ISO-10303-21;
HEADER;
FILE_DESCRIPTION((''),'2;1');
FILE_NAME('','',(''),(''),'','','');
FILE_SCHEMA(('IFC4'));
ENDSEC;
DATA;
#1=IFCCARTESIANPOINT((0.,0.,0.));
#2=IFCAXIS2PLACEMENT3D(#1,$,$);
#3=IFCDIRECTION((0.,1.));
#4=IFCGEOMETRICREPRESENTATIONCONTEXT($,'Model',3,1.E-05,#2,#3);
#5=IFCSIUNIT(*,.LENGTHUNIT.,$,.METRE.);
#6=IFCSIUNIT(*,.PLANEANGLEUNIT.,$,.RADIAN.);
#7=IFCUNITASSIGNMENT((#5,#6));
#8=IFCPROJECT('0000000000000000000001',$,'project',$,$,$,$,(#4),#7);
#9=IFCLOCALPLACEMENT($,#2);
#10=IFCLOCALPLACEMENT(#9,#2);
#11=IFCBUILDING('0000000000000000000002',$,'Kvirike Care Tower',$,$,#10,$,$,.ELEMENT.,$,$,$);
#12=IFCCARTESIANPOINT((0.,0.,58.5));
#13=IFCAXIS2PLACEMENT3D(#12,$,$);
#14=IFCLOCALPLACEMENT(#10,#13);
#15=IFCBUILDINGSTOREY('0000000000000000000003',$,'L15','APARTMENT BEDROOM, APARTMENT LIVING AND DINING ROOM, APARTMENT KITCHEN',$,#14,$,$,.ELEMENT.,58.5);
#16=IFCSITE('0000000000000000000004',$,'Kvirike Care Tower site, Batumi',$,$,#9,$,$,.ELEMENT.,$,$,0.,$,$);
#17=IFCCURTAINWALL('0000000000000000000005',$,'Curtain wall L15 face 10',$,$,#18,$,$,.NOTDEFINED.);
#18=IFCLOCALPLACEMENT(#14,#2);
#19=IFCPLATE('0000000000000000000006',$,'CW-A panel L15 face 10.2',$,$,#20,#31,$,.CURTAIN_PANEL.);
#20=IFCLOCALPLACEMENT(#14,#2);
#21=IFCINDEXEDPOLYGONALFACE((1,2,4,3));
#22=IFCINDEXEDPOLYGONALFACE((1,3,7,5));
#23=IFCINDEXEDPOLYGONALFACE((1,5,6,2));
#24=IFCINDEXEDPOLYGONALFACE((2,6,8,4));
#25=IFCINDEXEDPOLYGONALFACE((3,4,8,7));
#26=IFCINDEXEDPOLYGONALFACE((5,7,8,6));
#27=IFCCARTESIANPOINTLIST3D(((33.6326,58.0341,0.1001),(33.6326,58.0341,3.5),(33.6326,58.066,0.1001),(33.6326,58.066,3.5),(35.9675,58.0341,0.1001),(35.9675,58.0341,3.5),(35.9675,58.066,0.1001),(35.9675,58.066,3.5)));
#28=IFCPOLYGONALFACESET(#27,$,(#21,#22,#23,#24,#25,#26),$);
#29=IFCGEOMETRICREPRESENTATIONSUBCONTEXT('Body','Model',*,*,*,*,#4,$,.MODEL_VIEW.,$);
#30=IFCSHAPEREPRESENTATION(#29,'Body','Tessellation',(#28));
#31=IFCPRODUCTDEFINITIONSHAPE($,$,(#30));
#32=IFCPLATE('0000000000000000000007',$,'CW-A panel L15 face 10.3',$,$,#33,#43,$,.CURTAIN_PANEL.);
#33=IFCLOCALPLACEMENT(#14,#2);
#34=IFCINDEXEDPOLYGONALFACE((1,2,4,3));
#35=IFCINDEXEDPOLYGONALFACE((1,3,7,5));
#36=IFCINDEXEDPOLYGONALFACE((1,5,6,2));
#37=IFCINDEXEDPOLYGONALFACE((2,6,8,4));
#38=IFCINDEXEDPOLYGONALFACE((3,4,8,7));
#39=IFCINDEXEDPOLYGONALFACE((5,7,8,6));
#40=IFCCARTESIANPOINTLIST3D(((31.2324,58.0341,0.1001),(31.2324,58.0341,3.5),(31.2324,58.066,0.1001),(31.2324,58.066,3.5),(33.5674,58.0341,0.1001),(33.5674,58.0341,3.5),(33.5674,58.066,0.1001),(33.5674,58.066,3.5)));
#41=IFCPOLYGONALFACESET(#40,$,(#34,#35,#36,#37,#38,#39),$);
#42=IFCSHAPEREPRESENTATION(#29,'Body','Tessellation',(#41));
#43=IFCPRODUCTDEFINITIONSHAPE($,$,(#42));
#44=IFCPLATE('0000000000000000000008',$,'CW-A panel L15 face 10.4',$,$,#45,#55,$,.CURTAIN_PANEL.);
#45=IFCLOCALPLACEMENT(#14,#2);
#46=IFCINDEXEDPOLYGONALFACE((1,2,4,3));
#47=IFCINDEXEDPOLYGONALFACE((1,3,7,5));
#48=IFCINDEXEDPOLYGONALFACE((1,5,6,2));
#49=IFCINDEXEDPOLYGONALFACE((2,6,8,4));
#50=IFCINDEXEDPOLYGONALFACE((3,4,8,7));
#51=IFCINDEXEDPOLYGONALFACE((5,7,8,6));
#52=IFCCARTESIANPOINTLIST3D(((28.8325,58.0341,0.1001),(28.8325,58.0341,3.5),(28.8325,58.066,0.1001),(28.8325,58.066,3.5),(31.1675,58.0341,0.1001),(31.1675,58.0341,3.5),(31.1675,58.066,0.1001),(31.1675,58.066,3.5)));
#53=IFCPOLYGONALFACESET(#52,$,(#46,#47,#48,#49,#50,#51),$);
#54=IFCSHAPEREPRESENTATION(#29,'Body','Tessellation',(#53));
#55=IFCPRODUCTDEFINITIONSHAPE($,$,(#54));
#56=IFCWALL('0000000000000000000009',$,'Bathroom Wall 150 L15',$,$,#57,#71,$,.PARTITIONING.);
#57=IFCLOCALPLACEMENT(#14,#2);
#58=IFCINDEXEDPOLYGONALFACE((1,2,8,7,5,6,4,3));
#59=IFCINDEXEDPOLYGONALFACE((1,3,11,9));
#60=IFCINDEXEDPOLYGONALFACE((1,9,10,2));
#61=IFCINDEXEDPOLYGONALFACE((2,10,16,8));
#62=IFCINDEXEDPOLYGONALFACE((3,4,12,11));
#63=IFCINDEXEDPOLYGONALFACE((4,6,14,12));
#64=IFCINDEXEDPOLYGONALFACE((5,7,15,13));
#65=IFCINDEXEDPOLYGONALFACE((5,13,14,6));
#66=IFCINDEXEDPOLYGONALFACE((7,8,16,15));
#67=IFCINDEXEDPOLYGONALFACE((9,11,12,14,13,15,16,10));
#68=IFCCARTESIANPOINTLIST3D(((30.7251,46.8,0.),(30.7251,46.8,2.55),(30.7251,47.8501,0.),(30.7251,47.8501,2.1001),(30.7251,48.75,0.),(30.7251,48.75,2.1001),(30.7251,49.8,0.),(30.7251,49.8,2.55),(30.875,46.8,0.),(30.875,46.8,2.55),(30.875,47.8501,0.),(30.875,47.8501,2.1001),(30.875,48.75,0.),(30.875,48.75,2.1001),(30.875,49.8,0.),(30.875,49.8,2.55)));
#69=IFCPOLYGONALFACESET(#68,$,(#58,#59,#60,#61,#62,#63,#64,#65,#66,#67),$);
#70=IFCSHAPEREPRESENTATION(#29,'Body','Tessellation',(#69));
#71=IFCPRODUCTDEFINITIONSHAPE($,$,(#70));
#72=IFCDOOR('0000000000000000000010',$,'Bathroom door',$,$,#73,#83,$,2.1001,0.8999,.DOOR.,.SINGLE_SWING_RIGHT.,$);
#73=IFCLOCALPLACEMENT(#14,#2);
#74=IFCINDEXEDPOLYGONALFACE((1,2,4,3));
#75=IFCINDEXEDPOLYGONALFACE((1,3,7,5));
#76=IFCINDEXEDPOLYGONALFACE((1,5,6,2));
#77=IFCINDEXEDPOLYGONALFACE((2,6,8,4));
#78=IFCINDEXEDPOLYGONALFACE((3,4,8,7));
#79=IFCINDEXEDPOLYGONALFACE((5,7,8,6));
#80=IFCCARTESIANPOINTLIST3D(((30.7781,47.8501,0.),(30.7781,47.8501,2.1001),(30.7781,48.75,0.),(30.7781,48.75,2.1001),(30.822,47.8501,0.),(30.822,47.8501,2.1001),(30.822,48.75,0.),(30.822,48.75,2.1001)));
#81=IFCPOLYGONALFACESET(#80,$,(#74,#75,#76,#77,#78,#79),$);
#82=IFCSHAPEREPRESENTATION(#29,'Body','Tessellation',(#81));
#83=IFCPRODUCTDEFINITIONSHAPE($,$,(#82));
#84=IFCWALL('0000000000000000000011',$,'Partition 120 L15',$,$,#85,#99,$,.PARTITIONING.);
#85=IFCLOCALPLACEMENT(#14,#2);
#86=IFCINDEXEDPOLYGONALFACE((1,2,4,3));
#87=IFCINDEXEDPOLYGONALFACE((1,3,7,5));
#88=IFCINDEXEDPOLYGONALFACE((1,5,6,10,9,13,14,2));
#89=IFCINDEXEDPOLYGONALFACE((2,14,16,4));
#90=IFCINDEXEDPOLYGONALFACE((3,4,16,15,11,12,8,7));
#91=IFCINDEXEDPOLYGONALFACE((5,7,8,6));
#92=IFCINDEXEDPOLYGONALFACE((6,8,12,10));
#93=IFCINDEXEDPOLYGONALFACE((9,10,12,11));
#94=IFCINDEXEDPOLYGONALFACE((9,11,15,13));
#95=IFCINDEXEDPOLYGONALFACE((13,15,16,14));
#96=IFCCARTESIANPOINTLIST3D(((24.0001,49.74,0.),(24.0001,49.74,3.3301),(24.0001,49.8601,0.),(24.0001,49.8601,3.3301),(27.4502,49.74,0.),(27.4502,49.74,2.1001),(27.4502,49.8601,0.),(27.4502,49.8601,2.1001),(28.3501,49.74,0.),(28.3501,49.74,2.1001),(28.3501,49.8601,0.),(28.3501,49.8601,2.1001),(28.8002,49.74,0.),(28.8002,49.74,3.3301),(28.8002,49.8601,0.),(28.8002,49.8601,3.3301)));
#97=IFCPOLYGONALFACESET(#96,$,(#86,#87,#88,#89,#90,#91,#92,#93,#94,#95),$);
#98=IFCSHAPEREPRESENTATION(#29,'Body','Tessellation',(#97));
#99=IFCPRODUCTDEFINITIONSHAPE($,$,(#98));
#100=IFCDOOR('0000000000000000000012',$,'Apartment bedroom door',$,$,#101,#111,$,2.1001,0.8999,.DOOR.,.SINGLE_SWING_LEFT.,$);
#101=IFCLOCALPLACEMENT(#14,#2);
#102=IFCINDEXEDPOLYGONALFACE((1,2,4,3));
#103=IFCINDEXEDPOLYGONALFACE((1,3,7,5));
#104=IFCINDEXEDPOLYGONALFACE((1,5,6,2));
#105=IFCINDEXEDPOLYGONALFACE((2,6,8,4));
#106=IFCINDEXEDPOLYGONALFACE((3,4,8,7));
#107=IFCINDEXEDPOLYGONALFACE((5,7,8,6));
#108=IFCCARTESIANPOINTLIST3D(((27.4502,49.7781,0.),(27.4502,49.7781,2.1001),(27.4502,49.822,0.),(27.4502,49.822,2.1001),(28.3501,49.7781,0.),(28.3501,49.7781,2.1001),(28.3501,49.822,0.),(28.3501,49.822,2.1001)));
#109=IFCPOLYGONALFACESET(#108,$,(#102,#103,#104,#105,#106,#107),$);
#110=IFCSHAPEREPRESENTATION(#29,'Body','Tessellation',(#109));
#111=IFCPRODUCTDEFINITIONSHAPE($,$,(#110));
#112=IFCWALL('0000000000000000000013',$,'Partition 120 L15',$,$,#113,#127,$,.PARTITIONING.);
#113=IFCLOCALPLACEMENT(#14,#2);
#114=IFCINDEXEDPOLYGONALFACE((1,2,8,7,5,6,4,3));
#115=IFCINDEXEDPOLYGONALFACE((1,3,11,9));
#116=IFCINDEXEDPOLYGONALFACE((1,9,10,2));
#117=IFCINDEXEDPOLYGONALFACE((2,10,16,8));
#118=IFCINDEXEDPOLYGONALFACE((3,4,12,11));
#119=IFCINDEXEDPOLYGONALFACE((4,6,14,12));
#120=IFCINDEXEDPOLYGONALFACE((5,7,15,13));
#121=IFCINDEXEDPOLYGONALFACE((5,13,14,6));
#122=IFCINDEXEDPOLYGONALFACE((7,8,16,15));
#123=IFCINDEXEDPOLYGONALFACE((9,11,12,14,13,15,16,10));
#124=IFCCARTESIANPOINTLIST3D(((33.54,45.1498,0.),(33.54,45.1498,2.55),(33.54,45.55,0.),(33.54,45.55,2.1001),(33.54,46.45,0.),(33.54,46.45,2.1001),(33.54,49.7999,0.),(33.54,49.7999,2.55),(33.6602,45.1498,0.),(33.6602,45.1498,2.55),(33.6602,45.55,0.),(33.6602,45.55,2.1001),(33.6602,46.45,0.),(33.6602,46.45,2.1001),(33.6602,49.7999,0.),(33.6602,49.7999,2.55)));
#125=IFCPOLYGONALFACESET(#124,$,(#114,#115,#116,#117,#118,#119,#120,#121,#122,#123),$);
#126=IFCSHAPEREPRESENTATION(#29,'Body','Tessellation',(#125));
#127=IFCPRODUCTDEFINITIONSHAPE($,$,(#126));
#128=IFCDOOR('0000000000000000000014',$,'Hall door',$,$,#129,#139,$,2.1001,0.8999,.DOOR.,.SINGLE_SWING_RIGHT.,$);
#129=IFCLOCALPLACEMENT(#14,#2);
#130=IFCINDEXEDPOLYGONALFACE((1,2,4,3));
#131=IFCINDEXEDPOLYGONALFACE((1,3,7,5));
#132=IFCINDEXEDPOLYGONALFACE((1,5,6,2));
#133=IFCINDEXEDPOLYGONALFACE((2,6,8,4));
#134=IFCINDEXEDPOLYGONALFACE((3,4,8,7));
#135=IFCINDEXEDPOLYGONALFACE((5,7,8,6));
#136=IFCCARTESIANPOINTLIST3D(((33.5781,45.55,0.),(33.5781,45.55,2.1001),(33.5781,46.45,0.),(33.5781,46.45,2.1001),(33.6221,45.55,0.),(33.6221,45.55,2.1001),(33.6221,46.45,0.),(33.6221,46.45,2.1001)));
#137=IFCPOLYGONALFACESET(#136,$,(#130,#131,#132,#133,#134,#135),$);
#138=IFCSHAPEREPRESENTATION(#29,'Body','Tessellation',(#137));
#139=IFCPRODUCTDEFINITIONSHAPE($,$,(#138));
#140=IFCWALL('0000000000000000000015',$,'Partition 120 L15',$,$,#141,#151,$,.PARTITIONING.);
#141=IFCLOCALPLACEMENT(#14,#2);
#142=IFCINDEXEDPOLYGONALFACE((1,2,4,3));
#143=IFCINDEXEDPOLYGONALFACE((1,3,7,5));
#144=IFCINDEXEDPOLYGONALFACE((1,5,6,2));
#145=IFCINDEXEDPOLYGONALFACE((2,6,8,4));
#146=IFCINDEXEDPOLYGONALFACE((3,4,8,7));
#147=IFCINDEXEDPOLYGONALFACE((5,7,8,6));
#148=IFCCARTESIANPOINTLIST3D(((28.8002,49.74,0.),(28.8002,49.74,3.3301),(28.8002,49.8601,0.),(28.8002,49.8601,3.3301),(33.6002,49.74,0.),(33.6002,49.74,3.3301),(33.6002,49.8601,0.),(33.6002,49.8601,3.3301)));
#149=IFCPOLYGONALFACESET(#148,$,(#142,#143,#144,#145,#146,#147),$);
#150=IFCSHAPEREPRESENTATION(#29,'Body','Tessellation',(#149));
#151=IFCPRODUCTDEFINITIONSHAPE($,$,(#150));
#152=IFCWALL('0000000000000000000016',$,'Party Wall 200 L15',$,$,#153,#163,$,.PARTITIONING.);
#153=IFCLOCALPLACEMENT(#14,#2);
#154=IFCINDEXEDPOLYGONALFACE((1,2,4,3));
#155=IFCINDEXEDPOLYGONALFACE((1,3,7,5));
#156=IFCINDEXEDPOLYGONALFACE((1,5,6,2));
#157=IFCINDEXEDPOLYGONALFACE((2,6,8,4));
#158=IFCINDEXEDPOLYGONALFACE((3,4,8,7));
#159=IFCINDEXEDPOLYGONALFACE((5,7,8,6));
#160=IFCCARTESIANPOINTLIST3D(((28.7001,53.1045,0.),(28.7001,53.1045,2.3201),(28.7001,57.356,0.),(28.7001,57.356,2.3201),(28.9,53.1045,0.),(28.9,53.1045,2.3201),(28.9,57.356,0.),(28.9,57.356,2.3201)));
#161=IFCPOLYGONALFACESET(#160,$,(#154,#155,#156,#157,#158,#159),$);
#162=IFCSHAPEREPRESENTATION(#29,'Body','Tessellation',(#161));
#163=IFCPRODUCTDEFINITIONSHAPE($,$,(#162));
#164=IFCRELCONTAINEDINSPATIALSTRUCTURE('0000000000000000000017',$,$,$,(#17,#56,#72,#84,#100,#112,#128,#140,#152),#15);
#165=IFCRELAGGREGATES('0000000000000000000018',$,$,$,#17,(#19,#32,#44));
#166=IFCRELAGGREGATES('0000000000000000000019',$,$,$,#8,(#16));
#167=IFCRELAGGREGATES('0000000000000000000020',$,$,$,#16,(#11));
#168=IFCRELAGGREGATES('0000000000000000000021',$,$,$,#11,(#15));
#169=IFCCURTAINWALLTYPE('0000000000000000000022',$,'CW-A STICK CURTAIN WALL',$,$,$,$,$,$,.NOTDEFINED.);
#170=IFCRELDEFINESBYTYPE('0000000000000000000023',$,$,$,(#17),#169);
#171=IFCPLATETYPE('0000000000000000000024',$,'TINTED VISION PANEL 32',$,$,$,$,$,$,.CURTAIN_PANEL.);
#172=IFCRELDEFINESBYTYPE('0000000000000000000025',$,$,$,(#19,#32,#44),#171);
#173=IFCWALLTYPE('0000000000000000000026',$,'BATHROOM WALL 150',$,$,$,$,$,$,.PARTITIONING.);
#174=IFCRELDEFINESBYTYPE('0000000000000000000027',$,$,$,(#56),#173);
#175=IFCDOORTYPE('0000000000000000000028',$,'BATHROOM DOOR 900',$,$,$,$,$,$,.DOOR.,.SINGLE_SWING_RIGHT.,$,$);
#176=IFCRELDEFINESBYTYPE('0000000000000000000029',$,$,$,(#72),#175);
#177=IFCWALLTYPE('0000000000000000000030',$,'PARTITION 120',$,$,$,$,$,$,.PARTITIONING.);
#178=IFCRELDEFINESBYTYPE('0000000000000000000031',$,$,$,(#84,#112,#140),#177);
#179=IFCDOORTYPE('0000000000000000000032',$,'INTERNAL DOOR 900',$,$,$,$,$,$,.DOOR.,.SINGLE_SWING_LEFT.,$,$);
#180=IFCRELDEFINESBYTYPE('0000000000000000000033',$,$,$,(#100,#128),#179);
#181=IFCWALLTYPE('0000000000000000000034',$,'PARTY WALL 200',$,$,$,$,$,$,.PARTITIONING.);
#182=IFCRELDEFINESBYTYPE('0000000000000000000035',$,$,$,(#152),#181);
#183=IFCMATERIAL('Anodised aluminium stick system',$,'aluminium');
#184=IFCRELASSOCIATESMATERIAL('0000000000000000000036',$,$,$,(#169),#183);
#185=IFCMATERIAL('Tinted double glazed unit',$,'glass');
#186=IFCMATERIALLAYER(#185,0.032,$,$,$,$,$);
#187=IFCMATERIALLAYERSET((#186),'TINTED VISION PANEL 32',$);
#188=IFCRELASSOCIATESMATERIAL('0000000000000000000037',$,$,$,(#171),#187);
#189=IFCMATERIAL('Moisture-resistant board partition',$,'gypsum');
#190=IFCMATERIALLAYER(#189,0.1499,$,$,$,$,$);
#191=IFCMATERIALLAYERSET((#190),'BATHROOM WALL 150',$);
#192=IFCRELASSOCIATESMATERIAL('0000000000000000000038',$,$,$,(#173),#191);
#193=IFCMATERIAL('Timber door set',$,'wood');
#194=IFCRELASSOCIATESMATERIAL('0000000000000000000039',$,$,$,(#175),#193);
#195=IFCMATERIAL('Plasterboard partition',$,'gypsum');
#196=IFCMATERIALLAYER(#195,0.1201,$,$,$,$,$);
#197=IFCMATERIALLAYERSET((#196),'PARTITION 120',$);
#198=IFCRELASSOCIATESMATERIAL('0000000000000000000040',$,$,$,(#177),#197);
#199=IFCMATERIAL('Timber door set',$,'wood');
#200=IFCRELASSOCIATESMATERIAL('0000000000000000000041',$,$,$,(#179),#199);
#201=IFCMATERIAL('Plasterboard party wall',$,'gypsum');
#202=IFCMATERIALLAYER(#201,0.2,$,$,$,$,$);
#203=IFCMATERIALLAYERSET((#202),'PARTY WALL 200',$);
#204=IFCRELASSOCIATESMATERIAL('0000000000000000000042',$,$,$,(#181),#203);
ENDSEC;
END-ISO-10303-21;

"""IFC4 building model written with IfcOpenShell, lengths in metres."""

from ifc_helpers import new_model, si_unit, direction, frame, frame_2d, origin, origin_2d, place, context, subcontext, project, spatial, rectangle, extrude, material, layer, layer_set, type_object, element, fill, aggregate, save


model = new_model("IFC4")

# Units and contexts
model_context = context("Model", 3, precision=1e-05, world=origin(), true_north=direction((0.0, 1.0)))
body_context = subcontext(model_context, "Body", "Model", "MODEL_VIEW")
ifc_project = project(units=[si_unit("LENGTHUNIT", "METRE"), si_unit("PLANEANGLEUNIT", "RADIAN")], contexts=[model_context])

# Site, building, storey
site_placement = place(None, origin())
site = spatial("IfcSite", under=ifc_project, at=site_placement, Name="Kvirike Care Tower site, Batumi", CompositionType="ELEMENT", RefElevation=0.0)
building_placement = place(site_placement, origin())
building = spatial("IfcBuilding", under=site, at=building_placement, Name="Kvirike Care Tower", CompositionType="ELEMENT")
storey_placement = place(building_placement, frame((0.0, 0.0, 58.5)))
storey = spatial("IfcBuildingStorey", under=building, at=storey_placement, Name="L15", Description="APARTMENT BEDROOM, APARTMENT LIVING AND DINING ROOM, APARTMENT KITCHEN", CompositionType="ELEMENT", Elevation=58.5)

# Curtain wall
ifc_material_1 = material(Name="Anodised aluminium stick system", Category="aluminium")
curtain_wall_type = type_object("IfcCurtainWallType", Name="CW-A STICK CURTAIN WALL", PredefinedType="NOTDEFINED", material=ifc_material_1)
curtain_wall_placement = place(storey_placement, origin())
curtain_wall = element("IfcCurtainWall", 1, at=curtain_wall_placement, inside=storey, type_object=curtain_wall_type, Name="Curtain wall L15 face 10", PredefinedType="NOTDEFINED")

# Plates
ifc_material_2 = material(Name="Tinted double glazed unit", Category="glass")
ifc_layer_1 = layer(ifc_material_2, 0.032)
ifc_layer_set_1 = layer_set([ifc_layer_1], Name="TINTED VISION PANEL 32")
plate_type = type_object("IfcPlateType", Name="TINTED VISION PANEL 32", PredefinedType="CURTAIN_PANEL", material=ifc_layer_set_1)
plate_1_placement = place(storey_placement, frame((34.8, 58.05, 0.1001), z_axis=(0.0, 0.0, 1.0), x_axis=(-1.0, 0.0, 0.0)))
plate_1 = element("IfcPlate", 2, at=plate_1_placement, type_object=plate_type, Name="CW-A panel L15 face 10.2", PredefinedType="CURTAIN_PANEL", context=body_context, shape_type="SweptSolid", body=[
    extrude(rectangle(XDim=2.335, YDim=0.032, at=origin_2d()), origin(), (0.0, 0.0, 1.0), 3.3999),
])
plate_2_placement = place(storey_placement, frame((32.3999, 58.05, 0.1001), z_axis=(0.0, 0.0, 1.0), x_axis=(-1.0, 0.0, 0.0)))
plate_2 = element("IfcPlate", 3, at=plate_2_placement, type_object=plate_type, Name="CW-A panel L15 face 10.3", PredefinedType="CURTAIN_PANEL", context=body_context, shape_type="SweptSolid", body=[
    extrude(rectangle(XDim=2.335, YDim=0.032, at=origin_2d()), origin(), (0.0, 0.0, 1.0), 3.3999),
])
plate_3_placement = place(storey_placement, frame((30.0, 58.05, 0.1001), z_axis=(0.0, 0.0, 1.0), x_axis=(-1.0, 0.0, 0.0)))
plate_3 = element("IfcPlate", 4, at=plate_3_placement, type_object=plate_type, Name="CW-A panel L15 face 10.4", PredefinedType="CURTAIN_PANEL", context=body_context, shape_type="SweptSolid", body=[
    extrude(rectangle(XDim=2.335, YDim=0.032, at=origin_2d()), origin(), (0.0, 0.0, 1.0), 3.3999),
])
aggregate(curtain_wall, [plate_1, plate_2, plate_3])

# Walls, openings, doors
ifc_material_3 = material(Name="Moisture-resistant board partition", Category="gypsum")
ifc_layer_2 = layer(ifc_material_3, 0.1499)
ifc_layer_set_2 = layer_set([ifc_layer_2], Name="BATHROOM WALL 150")
wall_type_1 = type_object("IfcWallType", Name="BATHROOM WALL 150", PredefinedType="PARTITIONING", material=ifc_layer_set_2)
wall_1_placement = place(storey_placement, frame((30.8, 49.8, 0.0), z_axis=(0.0, 0.0, 1.0), x_axis=(0.0, -1.0, 0.0)))
wall_1 = element("IfcWall", 5, at=wall_1_placement, inside=storey, type_object=wall_type_1, Name="Bathroom Wall 150 L15", PredefinedType="PARTITIONING", context=body_context, shape_type="SweptSolid", body=[
    extrude(rectangle(XDim=3.0, YDim=0.1499, at=frame_2d((1.5, 0.0))), origin(), (0.0, 0.0, 1.0), 2.55),
])
opening_1_placement = place(wall_1_placement, frame((1.05, 0.0, 0.0)))
opening_1 = element("IfcOpeningElement", 6, at=opening_1_placement, cuts=wall_1, PredefinedType="OPENING", context=body_context, shape_type="SweptSolid", body=[
    extrude(rectangle(XDim=0.8999, YDim=2.1001, at=frame_2d((0.45, 1.05))), frame((0.0, 0.0854, 0.0), z_axis=(0.0, -1.0, 0.0), x_axis=(1.0, 0.0, 0.0)), (0.0, 0.0, 1.0), 0.1709),
])
ifc_material_4 = material(Name="Timber door set", Category="wood")
door_type_1 = type_object("IfcDoorType", Name="BATHROOM DOOR 900", OperationType="SINGLE_SWING_RIGHT", PredefinedType="DOOR", material=ifc_material_4)
door_1_placement = place(opening_1_placement, origin())
door_1 = element("IfcDoor", 7, at=door_1_placement, inside=storey, type_object=door_type_1, Name="Bathroom door", OperationType="SINGLE_SWING_RIGHT", OverallHeight=2.1001, OverallWidth=0.8999, PredefinedType="DOOR", context=body_context, shape_type="SweptSolid", body=[
    extrude(rectangle(XDim=0.8999, YDim=2.1001, at=frame_2d((0.45, 1.05))), frame((0.0, 0.022, 0.0), z_axis=(0.0, -1.0, 0.0), x_axis=(1.0, 0.0, 0.0)), (0.0, 0.0, 1.0), 0.0439),
])
fill(opening_1, door_1)
ifc_material_5 = material(Name="Plasterboard partition", Category="gypsum")
ifc_layer_3 = layer(ifc_material_5, 0.1201)
ifc_layer_set_3 = layer_set([ifc_layer_3], Name="PARTITION 120")
wall_type_2 = type_object("IfcWallType", Name="PARTITION 120", PredefinedType="PARTITIONING", material=ifc_layer_set_3)
wall_2_placement = place(storey_placement, frame((28.8, 49.8, 0.0), z_axis=(0.0, 0.0, 1.0), x_axis=(-1.0, 0.0, 0.0)))
wall_2 = element("IfcWall", 8, at=wall_2_placement, inside=storey, type_object=wall_type_2, Name="Partition 120 L15", PredefinedType="PARTITIONING", context=body_context, shape_type="SweptSolid", body=[
    extrude(rectangle(XDim=4.8, YDim=0.1201, at=frame_2d((2.3999, 0.0))), origin(), (0.0, 0.0, 1.0), 3.3301),
])
opening_2_placement = place(wall_2_placement, frame((0.45, 0.0, 0.0)))
opening_2 = element("IfcOpeningElement", 9, at=opening_2_placement, cuts=wall_2, PredefinedType="OPENING", context=body_context, shape_type="SweptSolid", body=[
    extrude(rectangle(XDim=0.8999, YDim=2.1001, at=frame_2d((0.45, 1.05))), frame((0.0, 0.0706, 0.0), z_axis=(0.0, -1.0, 0.0), x_axis=(1.0, 0.0, 0.0)), (0.0, 0.0, 1.0), 0.1411),
])
ifc_material_6 = material(Name="Timber door set", Category="wood")
door_type_2 = type_object("IfcDoorType", Name="INTERNAL DOOR 900", OperationType="SINGLE_SWING_LEFT", PredefinedType="DOOR", material=ifc_material_6)
door_2_placement = place(opening_2_placement, frame((0.8999, 0.0, 0.0), z_axis=(0.0, 0.0, 1.0), x_axis=(-1.0, 0.0, 0.0)))
door_2 = element("IfcDoor", 10, at=door_2_placement, inside=storey, type_object=door_type_2, Name="Apartment bedroom door", OperationType="SINGLE_SWING_LEFT", OverallHeight=2.1001, OverallWidth=0.8999, PredefinedType="DOOR", context=body_context, shape_type="SweptSolid", body=[
    extrude(rectangle(XDim=0.8999, YDim=2.1001, at=frame_2d((0.45, 1.05))), frame((0.0, 0.022, 0.0), z_axis=(0.0, -1.0, 0.0), x_axis=(1.0, 0.0, 0.0)), (0.0, 0.0, 1.0), 0.0439),
])
fill(opening_2, door_2)
wall_3_placement = place(storey_placement, frame((33.6001, 49.8, 0.0), z_axis=(0.0, 0.0, 1.0), x_axis=(0.0, -1.0, 0.0)))
wall_3 = element("IfcWall", 11, at=wall_3_placement, inside=storey, type_object=wall_type_2, Name="Partition 120 L15", PredefinedType="PARTITIONING", context=body_context, shape_type="SweptSolid", body=[
    extrude(rectangle(XDim=4.6501, YDim=0.1201, at=frame_2d((2.3252, 0.0))), origin(), (0.0, 0.0, 1.0), 2.55),
])
opening_3_placement = place(wall_3_placement, frame((3.3501, 0.0, 0.0)))
opening_3 = element("IfcOpeningElement", 12, at=opening_3_placement, cuts=wall_3, PredefinedType="OPENING", context=body_context, shape_type="SweptSolid", body=[
    extrude(rectangle(XDim=0.8999, YDim=2.1001, at=frame_2d((0.45, 1.05))), frame((0.0, 0.0706, 0.0), z_axis=(0.0, -1.0, 0.0), x_axis=(1.0, 0.0, 0.0)), (0.0, 0.0, 1.0), 0.1411),
])
door_3_placement = place(opening_3_placement, frame((0.8999, 0.0, 0.0), z_axis=(0.0, 0.0, 1.0), x_axis=(-1.0, 0.0, 0.0)))
door_3 = element("IfcDoor", 13, at=door_3_placement, inside=storey, type_object=door_type_2, Name="Hall door", OperationType="SINGLE_SWING_RIGHT", OverallHeight=2.1001, OverallWidth=0.8999, PredefinedType="DOOR", context=body_context, shape_type="SweptSolid", body=[
    extrude(rectangle(XDim=0.8999, YDim=2.1001, at=frame_2d((0.45, 1.05))), frame((0.0, 0.022, 0.0), z_axis=(0.0, -1.0, 0.0), x_axis=(1.0, 0.0, 0.0)), (0.0, 0.0, 1.0), 0.0439),
])
fill(opening_3, door_3)

# Walls
wall_4_placement = place(storey_placement, frame((33.6001, 49.8, 0.0), z_axis=(0.0, 0.0, 1.0), x_axis=(-1.0, 0.0, 0.0)))
element("IfcWall", 14, at=wall_4_placement, inside=storey, type_object=wall_type_2, Name="Partition 120 L15", PredefinedType="PARTITIONING", context=body_context, shape_type="SweptSolid", body=[
    extrude(rectangle(XDim=4.8, YDim=0.1201, at=frame_2d((2.3999, 0.0))), origin(), (0.0, 0.0, 1.0), 3.3301),
])
ifc_material_7 = material(Name="Plasterboard party wall", Category="gypsum")
ifc_layer_4 = layer(ifc_material_7, 0.2)
ifc_layer_set_4 = layer_set([ifc_layer_4], Name="PARTY WALL 200")
wall_type_3 = type_object("IfcWallType", Name="PARTY WALL 200", PredefinedType="PARTITIONING", material=ifc_layer_set_4)
wall_5_placement = place(storey_placement, frame((28.8, 53.1045, 0.0), z_axis=(0.0, 0.0, 1.0), x_axis=(0.0, 1.0, 0.0)))
element("IfcWall", 15, at=wall_5_placement, inside=storey, type_object=wall_type_3, Name="Party Wall 200 L15", PredefinedType="PARTITIONING", context=body_context, shape_type="SweptSolid", body=[
    extrude(rectangle(XDim=4.2515, YDim=0.2, at=frame_2d((2.1257, 0.0))), origin(), (0.0, 0.0, 1.0), 2.3201),
])

save(model, "model.ifc")
